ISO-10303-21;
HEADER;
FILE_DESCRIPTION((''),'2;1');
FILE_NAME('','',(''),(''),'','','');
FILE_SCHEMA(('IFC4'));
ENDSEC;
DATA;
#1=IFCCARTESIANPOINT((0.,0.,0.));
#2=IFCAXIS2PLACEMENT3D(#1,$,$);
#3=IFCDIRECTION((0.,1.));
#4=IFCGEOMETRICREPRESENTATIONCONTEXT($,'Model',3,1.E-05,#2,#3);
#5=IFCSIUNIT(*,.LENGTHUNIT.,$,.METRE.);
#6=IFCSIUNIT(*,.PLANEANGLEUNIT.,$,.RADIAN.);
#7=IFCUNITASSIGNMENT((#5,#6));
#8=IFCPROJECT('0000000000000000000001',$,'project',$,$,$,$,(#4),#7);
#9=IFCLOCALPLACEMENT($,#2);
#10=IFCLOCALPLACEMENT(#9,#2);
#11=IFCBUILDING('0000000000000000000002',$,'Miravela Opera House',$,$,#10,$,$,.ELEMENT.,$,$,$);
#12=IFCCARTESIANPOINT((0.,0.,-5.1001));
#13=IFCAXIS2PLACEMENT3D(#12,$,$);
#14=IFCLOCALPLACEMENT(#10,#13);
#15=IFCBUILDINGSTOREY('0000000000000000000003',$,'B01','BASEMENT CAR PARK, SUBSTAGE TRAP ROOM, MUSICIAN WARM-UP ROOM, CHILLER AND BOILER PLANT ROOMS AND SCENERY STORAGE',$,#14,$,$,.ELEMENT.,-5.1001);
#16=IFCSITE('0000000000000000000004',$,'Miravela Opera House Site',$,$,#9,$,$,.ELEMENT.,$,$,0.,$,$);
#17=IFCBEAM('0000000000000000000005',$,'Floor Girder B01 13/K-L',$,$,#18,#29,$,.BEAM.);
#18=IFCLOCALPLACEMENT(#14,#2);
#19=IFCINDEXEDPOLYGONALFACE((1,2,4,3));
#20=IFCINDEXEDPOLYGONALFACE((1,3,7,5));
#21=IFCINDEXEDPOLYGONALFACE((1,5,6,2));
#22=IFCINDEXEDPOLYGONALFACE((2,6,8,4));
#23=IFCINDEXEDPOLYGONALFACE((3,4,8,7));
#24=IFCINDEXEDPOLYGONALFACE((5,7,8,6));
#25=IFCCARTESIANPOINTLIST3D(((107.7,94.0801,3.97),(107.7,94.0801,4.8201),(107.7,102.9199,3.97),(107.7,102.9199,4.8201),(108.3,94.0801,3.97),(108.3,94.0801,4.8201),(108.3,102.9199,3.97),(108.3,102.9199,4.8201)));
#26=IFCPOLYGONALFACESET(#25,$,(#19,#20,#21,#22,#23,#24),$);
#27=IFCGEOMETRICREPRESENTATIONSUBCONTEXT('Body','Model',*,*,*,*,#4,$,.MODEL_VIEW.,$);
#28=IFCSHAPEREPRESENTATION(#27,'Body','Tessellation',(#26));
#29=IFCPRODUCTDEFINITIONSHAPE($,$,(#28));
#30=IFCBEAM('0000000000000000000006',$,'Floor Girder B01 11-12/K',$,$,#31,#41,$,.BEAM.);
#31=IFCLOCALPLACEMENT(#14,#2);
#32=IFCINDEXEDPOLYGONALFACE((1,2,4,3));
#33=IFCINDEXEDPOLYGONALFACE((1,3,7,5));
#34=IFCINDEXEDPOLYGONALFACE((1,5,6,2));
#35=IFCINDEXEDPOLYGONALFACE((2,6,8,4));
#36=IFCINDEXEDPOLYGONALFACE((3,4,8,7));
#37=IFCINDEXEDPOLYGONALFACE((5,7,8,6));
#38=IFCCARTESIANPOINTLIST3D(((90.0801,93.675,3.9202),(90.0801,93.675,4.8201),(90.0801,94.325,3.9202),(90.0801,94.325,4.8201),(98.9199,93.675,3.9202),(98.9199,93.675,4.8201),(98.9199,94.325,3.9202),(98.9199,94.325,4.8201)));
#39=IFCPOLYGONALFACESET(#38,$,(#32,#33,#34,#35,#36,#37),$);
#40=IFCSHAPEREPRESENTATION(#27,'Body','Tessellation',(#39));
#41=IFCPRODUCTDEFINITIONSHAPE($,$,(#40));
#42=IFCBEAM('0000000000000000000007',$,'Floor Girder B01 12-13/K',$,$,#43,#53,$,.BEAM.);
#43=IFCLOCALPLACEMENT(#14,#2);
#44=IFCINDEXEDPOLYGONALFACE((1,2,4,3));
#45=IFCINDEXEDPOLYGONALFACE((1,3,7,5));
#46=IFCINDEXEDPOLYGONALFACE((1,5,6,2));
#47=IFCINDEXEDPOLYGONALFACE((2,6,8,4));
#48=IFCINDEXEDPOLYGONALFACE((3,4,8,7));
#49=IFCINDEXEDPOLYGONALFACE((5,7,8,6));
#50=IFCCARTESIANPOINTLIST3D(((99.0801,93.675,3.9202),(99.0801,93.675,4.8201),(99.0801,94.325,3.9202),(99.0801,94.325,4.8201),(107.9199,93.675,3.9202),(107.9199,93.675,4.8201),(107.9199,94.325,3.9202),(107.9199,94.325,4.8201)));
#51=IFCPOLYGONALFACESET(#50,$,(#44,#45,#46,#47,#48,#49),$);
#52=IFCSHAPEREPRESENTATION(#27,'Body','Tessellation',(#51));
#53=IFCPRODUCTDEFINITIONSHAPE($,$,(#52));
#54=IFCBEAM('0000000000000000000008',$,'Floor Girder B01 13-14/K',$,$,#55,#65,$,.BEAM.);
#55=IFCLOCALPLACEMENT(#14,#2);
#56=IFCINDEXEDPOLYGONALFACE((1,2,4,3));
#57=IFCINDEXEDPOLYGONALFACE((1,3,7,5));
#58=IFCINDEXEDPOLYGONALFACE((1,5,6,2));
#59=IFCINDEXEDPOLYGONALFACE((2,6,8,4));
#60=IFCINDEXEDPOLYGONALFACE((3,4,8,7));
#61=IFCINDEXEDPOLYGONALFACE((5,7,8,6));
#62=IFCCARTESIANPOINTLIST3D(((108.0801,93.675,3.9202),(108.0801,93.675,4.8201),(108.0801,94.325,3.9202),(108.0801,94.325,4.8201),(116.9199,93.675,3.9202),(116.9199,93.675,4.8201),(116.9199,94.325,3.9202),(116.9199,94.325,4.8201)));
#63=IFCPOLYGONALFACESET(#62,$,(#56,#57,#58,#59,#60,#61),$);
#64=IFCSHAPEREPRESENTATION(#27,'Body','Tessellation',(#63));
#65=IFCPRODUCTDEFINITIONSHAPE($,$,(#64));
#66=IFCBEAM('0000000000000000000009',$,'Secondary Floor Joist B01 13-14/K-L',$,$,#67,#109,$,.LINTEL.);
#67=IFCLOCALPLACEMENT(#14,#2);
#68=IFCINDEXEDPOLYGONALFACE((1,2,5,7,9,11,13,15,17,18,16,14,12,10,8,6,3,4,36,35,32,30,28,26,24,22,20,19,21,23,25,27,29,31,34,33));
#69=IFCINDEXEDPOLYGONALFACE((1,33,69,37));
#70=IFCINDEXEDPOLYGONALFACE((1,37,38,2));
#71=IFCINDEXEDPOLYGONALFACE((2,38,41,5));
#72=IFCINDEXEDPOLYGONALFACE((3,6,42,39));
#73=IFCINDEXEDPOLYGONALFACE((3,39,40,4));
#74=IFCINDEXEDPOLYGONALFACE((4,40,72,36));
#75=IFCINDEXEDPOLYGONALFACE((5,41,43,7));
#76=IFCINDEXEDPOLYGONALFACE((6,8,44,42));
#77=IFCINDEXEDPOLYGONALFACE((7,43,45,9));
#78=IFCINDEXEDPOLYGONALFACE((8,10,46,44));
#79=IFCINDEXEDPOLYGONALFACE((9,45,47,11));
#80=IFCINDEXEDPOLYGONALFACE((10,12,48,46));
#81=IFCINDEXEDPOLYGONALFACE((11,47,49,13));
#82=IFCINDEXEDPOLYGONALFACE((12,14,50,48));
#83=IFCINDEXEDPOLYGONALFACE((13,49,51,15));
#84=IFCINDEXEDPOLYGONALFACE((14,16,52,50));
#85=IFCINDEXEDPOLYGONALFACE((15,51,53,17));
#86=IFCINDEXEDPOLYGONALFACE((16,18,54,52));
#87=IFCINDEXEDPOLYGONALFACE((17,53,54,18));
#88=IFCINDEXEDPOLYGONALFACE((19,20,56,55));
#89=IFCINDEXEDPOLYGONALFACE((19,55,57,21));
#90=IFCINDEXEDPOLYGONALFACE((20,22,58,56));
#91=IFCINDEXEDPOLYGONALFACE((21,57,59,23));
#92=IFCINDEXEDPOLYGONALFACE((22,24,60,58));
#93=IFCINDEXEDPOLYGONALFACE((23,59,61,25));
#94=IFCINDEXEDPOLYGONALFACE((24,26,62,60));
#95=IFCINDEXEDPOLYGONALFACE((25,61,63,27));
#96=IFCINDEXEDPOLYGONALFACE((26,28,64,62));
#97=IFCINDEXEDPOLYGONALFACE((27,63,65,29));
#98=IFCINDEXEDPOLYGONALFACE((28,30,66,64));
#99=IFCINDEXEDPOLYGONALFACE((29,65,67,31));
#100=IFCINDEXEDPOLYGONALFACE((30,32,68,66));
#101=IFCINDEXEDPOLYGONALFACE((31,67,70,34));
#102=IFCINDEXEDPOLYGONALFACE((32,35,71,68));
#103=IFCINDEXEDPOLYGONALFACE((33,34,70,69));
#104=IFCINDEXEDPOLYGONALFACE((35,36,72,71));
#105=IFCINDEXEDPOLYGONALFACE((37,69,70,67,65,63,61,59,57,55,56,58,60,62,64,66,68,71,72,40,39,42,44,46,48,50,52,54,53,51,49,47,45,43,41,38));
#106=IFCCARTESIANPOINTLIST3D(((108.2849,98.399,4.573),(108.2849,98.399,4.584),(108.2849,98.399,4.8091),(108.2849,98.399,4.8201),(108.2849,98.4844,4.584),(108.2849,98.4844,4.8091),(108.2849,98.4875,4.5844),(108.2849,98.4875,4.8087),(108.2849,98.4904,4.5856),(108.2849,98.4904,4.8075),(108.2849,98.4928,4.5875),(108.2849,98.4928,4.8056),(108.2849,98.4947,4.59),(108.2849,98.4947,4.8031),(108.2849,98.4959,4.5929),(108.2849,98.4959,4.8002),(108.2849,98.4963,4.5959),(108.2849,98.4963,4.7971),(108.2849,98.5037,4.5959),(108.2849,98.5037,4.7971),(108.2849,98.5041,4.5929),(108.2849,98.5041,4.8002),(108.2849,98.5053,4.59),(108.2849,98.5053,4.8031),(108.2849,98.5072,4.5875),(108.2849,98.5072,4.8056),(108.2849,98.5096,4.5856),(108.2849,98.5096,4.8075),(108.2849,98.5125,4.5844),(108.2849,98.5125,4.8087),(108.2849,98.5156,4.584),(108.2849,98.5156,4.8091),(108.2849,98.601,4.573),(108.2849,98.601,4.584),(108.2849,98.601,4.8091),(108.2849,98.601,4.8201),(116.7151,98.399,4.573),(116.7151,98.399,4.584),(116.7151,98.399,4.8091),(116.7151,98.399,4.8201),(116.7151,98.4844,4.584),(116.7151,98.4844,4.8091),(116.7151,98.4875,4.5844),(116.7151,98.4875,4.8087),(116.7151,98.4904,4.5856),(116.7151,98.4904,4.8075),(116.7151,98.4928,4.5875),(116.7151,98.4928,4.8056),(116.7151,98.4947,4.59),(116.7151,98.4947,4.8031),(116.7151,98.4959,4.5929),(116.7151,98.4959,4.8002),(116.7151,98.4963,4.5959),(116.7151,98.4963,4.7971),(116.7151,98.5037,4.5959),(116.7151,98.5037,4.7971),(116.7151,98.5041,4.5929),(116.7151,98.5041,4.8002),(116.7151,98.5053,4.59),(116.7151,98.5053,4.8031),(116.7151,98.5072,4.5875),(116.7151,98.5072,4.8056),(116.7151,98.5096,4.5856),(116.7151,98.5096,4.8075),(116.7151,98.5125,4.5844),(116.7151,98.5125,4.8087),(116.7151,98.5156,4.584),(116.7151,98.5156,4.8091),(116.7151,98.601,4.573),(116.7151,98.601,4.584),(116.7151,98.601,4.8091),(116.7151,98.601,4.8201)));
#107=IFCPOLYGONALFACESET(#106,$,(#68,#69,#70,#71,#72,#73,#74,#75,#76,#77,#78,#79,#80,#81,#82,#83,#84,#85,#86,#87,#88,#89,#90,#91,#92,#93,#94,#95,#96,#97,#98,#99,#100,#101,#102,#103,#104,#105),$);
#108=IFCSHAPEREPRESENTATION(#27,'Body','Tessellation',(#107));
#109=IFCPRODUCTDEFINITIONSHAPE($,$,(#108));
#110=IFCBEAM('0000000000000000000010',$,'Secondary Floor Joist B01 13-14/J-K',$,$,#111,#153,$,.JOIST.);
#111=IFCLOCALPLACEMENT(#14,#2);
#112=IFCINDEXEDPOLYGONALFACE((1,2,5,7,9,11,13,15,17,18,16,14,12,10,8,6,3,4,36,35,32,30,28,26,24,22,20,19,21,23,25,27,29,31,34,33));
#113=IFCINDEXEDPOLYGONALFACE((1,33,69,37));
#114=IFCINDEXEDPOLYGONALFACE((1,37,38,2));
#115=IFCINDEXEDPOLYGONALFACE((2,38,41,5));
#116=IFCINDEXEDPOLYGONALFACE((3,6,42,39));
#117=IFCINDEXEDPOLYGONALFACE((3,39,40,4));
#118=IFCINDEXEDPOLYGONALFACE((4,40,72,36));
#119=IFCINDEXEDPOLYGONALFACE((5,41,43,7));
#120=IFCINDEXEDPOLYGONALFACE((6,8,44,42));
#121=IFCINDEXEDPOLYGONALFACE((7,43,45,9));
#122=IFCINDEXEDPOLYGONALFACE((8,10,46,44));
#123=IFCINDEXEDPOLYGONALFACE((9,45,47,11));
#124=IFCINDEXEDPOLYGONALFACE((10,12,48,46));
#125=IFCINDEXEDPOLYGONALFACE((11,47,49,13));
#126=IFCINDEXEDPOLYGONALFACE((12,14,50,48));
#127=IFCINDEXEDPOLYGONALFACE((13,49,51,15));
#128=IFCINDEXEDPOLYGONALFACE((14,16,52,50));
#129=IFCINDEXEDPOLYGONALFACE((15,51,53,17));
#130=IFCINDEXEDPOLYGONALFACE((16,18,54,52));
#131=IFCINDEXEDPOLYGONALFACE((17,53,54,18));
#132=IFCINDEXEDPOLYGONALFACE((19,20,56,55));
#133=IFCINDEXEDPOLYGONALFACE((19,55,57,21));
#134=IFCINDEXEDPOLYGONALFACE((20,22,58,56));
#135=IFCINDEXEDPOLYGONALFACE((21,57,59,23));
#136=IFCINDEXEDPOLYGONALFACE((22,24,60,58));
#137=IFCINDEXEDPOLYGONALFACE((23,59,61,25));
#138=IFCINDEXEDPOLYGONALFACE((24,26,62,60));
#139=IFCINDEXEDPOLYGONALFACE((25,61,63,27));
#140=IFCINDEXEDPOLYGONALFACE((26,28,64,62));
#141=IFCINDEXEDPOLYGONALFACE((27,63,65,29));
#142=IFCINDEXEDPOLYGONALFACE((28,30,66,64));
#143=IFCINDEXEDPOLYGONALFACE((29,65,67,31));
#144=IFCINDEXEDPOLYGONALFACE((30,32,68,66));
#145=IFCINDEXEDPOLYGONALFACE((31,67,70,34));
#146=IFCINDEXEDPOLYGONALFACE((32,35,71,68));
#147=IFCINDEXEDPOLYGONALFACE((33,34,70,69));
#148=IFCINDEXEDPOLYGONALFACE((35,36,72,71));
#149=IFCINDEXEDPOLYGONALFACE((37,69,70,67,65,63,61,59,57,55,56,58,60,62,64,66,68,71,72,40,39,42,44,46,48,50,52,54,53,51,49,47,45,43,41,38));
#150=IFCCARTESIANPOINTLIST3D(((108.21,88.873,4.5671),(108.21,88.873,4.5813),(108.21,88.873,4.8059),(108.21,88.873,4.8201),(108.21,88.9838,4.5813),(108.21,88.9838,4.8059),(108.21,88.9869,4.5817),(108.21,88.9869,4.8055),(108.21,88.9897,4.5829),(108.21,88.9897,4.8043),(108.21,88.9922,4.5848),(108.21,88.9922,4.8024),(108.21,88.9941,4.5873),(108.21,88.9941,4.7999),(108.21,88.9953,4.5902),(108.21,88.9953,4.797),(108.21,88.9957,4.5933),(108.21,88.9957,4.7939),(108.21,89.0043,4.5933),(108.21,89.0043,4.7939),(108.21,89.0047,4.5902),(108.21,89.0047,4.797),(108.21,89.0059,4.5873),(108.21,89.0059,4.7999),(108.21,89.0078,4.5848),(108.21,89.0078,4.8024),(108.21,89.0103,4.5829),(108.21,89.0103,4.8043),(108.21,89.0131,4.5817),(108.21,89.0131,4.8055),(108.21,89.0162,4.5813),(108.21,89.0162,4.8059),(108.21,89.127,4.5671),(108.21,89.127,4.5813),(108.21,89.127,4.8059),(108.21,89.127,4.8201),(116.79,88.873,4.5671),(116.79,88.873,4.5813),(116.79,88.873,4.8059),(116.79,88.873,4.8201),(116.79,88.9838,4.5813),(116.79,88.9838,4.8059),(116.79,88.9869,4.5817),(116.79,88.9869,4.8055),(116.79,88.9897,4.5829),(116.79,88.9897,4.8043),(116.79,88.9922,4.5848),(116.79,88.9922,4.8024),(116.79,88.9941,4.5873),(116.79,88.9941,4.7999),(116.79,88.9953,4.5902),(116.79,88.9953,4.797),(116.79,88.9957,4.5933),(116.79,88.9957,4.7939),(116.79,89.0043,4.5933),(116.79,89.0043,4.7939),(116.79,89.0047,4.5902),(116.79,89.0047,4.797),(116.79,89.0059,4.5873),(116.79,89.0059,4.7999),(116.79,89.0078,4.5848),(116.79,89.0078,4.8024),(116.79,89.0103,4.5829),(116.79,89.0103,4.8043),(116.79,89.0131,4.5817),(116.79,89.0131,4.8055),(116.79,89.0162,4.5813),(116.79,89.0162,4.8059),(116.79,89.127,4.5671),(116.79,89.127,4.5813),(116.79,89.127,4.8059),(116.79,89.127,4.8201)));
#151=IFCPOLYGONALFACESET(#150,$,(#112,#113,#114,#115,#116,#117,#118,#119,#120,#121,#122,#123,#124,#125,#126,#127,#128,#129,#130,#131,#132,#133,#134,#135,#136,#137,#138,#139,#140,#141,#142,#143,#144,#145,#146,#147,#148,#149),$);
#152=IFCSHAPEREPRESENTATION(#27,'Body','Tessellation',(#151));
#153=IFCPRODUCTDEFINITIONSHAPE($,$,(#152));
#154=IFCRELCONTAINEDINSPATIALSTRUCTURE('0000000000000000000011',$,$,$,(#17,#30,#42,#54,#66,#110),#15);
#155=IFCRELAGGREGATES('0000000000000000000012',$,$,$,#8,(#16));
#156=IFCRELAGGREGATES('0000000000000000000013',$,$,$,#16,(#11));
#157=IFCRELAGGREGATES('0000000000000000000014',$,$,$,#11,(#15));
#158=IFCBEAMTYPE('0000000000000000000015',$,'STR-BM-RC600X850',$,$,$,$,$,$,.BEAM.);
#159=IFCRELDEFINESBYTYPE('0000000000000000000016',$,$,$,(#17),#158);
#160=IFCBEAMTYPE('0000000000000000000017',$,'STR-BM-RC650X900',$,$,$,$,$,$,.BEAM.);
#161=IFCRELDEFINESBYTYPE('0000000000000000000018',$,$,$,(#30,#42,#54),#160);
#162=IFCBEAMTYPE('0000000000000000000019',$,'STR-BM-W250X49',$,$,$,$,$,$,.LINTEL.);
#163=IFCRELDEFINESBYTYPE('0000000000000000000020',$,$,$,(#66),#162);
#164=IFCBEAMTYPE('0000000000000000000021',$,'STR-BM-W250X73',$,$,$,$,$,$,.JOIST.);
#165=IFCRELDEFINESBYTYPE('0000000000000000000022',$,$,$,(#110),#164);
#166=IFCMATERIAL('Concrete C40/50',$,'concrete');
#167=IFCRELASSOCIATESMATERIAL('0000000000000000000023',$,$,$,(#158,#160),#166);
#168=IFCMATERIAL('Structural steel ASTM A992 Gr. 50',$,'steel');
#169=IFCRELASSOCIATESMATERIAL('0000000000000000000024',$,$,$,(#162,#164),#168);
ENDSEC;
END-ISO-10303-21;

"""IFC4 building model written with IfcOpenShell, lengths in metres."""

from ifc_helpers import new_model, si_unit, direction, frame, origin, origin_2d, place, context, subcontext, project, spatial, rectangle, i_section, extrude, material, material_profile, profile_set, type_object, element, save


model = new_model("IFC4")

# Units and contexts
model_context = context("Model", 3, precision=1e-05, world=origin(), true_north=direction((0.0, 1.0)))
body_context = subcontext(model_context, "Body", "Model", "MODEL_VIEW")
ifc_project = project(units=[si_unit("LENGTHUNIT", "METRE"), si_unit("PLANEANGLEUNIT", "RADIAN")], contexts=[model_context])

# Site, building, storey
site_placement = place(None, origin())
site = spatial("IfcSite", under=ifc_project, at=site_placement, Name="Miravela Opera House Site", CompositionType="ELEMENT", RefElevation=0.0)
building_placement = place(site_placement, origin())
building = spatial("IfcBuilding", under=site, at=building_placement, Name="Miravela Opera House", CompositionType="ELEMENT")
storey_placement = place(building_placement, frame((0.0, 0.0, -5.1001)))
storey = spatial("IfcBuildingStorey", under=building, at=storey_placement, Name="B01", Description="BASEMENT CAR PARK, SUBSTAGE TRAP ROOM, MUSICIAN WARM-UP ROOM, CHILLER AND BOILER PLANT ROOMS AND SCENERY STORAGE", CompositionType="ELEMENT", Elevation=-5.1001)

# Shared definitions
ifc_material_1 = material(Name="Concrete C40/50", Category="concrete")

# Beams
ifc_material_profile_1 = material_profile(ifc_material_1, rectangle(XDim=0.6001, YDim=0.8501, at=origin_2d()), Name="RC-BM-600X850")
ifc_profile_set_1 = profile_set([ifc_material_profile_1])
beam_type_1 = type_object("IfcBeamType", Name="STR-BM-RC600X850", PredefinedType="BEAM", material=ifc_profile_set_1)
beam_1_placement = place(storey_placement, frame((108.0, 94.0801, 4.395), z_axis=(0.0, 1.0, 0.0), x_axis=(-1.0, 0.0, 0.0)))
element("IfcBeam", 1, at=beam_1_placement, inside=storey, type_object=beam_type_1, Name="Floor Girder B01 13/K-L", PredefinedType="BEAM", context=body_context, shape_type="SweptSolid", body=[
    extrude(rectangle(XDim=0.6001, YDim=0.8501, at=origin_2d()), origin(), (0.0, 0.0, 1.0), 8.8398),
])
ifc_material_profile_2 = material_profile(ifc_material_1, rectangle(XDim=0.6499, YDim=0.8999, at=origin_2d()), Name="RC-BM-650X900")
ifc_profile_set_2 = profile_set([ifc_material_profile_2])
beam_type_2 = type_object("IfcBeamType", Name="STR-BM-RC650X900", PredefinedType="BEAM", material=ifc_profile_set_2)
for number, where, z_axis, x_axis, name in (
    (2, (90.0801, 94.0, 4.3701), (1.0, 0.0, 0.0), (0.0, 1.0, 0.0), "Floor Girder B01 11-12/K"),
    (3, (99.0801, 94.0, 4.3701), (1.0, 0.0, 0.0), (0.0, 1.0, 0.0), "Floor Girder B01 12-13/K"),
    (4, (108.0801, 94.0, 4.3701), (1.0, 0.0, 0.0), (0.0, 1.0, 0.0), "Floor Girder B01 13-14/K"),
):
    element("IfcBeam", number, at=place(storey_placement, frame(where, z_axis=z_axis, x_axis=x_axis)), inside=storey, type_object=beam_type_2, Name=name, PredefinedType="BEAM", context=body_context, shape_type="SweptSolid", body=[
        extrude(rectangle(XDim=0.6499, YDim=0.8999, at=origin_2d()), origin(), (0.0, 0.0, 1.0), 8.8398),
    ])
ifc_material_2 = material(Name="Structural steel ASTM A992 Gr. 50", Category="steel")
ifc_material_profile_3 = material_profile(ifc_material_2, i_section(OverallWidth=0.2019, OverallDepth=0.2471, WebThickness=0.0073, FlangeThickness=0.011, FilletRadius=0.012, at=origin_2d()), Name="W250X49")
ifc_profile_set_3 = profile_set([ifc_material_profile_3])
beam_type_3 = type_object("IfcBeamType", Name="STR-BM-W250X49", PredefinedType="LINTEL", material=ifc_profile_set_3)
beam_2_placement = place(storey_placement, frame((108.2849, 98.5, 4.6965), z_axis=(1.0, 0.0, 0.0), x_axis=(0.0, 1.0, 0.0)))
element("IfcBeam", 5, at=beam_2_placement, inside=storey, type_object=beam_type_3, Name="Secondary Floor Joist B01 13-14/K-L", PredefinedType="LINTEL", context=body_context, shape_type="SweptSolid", body=[
    extrude(i_section(OverallWidth=0.2019, OverallDepth=0.2471, WebThickness=0.0073, FlangeThickness=0.011, FilletRadius=0.012, at=origin_2d()), origin(), (0.0, 0.0, 1.0), 8.4302),
])
ifc_material_profile_4 = material_profile(ifc_material_2, i_section(OverallWidth=0.2539, OverallDepth=0.2529, WebThickness=0.0085, FlangeThickness=0.0142, FilletRadius=0.012, at=origin_2d()), Name="W250X73")
ifc_profile_set_4 = profile_set([ifc_material_profile_4])
beam_type_4 = type_object("IfcBeamType", Name="STR-BM-W250X73", PredefinedType="JOIST", material=ifc_profile_set_4)
beam_3_placement = place(storey_placement, frame((108.21, 89.0, 4.6936), z_axis=(1.0, 0.0, 0.0), x_axis=(0.0, 1.0, 0.0)))
element("IfcBeam", 6, at=beam_3_placement, inside=storey, type_object=beam_type_4, Name="Secondary Floor Joist B01 13-14/J-K", PredefinedType="JOIST", context=body_context, shape_type="SweptSolid", body=[
    extrude(i_section(OverallWidth=0.2539, OverallDepth=0.2529, WebThickness=0.0085, FlangeThickness=0.0142, FilletRadius=0.012, at=origin_2d()), origin(), (0.0, 0.0, 1.0), 8.5801),
])

save(model, "model.ifc")
